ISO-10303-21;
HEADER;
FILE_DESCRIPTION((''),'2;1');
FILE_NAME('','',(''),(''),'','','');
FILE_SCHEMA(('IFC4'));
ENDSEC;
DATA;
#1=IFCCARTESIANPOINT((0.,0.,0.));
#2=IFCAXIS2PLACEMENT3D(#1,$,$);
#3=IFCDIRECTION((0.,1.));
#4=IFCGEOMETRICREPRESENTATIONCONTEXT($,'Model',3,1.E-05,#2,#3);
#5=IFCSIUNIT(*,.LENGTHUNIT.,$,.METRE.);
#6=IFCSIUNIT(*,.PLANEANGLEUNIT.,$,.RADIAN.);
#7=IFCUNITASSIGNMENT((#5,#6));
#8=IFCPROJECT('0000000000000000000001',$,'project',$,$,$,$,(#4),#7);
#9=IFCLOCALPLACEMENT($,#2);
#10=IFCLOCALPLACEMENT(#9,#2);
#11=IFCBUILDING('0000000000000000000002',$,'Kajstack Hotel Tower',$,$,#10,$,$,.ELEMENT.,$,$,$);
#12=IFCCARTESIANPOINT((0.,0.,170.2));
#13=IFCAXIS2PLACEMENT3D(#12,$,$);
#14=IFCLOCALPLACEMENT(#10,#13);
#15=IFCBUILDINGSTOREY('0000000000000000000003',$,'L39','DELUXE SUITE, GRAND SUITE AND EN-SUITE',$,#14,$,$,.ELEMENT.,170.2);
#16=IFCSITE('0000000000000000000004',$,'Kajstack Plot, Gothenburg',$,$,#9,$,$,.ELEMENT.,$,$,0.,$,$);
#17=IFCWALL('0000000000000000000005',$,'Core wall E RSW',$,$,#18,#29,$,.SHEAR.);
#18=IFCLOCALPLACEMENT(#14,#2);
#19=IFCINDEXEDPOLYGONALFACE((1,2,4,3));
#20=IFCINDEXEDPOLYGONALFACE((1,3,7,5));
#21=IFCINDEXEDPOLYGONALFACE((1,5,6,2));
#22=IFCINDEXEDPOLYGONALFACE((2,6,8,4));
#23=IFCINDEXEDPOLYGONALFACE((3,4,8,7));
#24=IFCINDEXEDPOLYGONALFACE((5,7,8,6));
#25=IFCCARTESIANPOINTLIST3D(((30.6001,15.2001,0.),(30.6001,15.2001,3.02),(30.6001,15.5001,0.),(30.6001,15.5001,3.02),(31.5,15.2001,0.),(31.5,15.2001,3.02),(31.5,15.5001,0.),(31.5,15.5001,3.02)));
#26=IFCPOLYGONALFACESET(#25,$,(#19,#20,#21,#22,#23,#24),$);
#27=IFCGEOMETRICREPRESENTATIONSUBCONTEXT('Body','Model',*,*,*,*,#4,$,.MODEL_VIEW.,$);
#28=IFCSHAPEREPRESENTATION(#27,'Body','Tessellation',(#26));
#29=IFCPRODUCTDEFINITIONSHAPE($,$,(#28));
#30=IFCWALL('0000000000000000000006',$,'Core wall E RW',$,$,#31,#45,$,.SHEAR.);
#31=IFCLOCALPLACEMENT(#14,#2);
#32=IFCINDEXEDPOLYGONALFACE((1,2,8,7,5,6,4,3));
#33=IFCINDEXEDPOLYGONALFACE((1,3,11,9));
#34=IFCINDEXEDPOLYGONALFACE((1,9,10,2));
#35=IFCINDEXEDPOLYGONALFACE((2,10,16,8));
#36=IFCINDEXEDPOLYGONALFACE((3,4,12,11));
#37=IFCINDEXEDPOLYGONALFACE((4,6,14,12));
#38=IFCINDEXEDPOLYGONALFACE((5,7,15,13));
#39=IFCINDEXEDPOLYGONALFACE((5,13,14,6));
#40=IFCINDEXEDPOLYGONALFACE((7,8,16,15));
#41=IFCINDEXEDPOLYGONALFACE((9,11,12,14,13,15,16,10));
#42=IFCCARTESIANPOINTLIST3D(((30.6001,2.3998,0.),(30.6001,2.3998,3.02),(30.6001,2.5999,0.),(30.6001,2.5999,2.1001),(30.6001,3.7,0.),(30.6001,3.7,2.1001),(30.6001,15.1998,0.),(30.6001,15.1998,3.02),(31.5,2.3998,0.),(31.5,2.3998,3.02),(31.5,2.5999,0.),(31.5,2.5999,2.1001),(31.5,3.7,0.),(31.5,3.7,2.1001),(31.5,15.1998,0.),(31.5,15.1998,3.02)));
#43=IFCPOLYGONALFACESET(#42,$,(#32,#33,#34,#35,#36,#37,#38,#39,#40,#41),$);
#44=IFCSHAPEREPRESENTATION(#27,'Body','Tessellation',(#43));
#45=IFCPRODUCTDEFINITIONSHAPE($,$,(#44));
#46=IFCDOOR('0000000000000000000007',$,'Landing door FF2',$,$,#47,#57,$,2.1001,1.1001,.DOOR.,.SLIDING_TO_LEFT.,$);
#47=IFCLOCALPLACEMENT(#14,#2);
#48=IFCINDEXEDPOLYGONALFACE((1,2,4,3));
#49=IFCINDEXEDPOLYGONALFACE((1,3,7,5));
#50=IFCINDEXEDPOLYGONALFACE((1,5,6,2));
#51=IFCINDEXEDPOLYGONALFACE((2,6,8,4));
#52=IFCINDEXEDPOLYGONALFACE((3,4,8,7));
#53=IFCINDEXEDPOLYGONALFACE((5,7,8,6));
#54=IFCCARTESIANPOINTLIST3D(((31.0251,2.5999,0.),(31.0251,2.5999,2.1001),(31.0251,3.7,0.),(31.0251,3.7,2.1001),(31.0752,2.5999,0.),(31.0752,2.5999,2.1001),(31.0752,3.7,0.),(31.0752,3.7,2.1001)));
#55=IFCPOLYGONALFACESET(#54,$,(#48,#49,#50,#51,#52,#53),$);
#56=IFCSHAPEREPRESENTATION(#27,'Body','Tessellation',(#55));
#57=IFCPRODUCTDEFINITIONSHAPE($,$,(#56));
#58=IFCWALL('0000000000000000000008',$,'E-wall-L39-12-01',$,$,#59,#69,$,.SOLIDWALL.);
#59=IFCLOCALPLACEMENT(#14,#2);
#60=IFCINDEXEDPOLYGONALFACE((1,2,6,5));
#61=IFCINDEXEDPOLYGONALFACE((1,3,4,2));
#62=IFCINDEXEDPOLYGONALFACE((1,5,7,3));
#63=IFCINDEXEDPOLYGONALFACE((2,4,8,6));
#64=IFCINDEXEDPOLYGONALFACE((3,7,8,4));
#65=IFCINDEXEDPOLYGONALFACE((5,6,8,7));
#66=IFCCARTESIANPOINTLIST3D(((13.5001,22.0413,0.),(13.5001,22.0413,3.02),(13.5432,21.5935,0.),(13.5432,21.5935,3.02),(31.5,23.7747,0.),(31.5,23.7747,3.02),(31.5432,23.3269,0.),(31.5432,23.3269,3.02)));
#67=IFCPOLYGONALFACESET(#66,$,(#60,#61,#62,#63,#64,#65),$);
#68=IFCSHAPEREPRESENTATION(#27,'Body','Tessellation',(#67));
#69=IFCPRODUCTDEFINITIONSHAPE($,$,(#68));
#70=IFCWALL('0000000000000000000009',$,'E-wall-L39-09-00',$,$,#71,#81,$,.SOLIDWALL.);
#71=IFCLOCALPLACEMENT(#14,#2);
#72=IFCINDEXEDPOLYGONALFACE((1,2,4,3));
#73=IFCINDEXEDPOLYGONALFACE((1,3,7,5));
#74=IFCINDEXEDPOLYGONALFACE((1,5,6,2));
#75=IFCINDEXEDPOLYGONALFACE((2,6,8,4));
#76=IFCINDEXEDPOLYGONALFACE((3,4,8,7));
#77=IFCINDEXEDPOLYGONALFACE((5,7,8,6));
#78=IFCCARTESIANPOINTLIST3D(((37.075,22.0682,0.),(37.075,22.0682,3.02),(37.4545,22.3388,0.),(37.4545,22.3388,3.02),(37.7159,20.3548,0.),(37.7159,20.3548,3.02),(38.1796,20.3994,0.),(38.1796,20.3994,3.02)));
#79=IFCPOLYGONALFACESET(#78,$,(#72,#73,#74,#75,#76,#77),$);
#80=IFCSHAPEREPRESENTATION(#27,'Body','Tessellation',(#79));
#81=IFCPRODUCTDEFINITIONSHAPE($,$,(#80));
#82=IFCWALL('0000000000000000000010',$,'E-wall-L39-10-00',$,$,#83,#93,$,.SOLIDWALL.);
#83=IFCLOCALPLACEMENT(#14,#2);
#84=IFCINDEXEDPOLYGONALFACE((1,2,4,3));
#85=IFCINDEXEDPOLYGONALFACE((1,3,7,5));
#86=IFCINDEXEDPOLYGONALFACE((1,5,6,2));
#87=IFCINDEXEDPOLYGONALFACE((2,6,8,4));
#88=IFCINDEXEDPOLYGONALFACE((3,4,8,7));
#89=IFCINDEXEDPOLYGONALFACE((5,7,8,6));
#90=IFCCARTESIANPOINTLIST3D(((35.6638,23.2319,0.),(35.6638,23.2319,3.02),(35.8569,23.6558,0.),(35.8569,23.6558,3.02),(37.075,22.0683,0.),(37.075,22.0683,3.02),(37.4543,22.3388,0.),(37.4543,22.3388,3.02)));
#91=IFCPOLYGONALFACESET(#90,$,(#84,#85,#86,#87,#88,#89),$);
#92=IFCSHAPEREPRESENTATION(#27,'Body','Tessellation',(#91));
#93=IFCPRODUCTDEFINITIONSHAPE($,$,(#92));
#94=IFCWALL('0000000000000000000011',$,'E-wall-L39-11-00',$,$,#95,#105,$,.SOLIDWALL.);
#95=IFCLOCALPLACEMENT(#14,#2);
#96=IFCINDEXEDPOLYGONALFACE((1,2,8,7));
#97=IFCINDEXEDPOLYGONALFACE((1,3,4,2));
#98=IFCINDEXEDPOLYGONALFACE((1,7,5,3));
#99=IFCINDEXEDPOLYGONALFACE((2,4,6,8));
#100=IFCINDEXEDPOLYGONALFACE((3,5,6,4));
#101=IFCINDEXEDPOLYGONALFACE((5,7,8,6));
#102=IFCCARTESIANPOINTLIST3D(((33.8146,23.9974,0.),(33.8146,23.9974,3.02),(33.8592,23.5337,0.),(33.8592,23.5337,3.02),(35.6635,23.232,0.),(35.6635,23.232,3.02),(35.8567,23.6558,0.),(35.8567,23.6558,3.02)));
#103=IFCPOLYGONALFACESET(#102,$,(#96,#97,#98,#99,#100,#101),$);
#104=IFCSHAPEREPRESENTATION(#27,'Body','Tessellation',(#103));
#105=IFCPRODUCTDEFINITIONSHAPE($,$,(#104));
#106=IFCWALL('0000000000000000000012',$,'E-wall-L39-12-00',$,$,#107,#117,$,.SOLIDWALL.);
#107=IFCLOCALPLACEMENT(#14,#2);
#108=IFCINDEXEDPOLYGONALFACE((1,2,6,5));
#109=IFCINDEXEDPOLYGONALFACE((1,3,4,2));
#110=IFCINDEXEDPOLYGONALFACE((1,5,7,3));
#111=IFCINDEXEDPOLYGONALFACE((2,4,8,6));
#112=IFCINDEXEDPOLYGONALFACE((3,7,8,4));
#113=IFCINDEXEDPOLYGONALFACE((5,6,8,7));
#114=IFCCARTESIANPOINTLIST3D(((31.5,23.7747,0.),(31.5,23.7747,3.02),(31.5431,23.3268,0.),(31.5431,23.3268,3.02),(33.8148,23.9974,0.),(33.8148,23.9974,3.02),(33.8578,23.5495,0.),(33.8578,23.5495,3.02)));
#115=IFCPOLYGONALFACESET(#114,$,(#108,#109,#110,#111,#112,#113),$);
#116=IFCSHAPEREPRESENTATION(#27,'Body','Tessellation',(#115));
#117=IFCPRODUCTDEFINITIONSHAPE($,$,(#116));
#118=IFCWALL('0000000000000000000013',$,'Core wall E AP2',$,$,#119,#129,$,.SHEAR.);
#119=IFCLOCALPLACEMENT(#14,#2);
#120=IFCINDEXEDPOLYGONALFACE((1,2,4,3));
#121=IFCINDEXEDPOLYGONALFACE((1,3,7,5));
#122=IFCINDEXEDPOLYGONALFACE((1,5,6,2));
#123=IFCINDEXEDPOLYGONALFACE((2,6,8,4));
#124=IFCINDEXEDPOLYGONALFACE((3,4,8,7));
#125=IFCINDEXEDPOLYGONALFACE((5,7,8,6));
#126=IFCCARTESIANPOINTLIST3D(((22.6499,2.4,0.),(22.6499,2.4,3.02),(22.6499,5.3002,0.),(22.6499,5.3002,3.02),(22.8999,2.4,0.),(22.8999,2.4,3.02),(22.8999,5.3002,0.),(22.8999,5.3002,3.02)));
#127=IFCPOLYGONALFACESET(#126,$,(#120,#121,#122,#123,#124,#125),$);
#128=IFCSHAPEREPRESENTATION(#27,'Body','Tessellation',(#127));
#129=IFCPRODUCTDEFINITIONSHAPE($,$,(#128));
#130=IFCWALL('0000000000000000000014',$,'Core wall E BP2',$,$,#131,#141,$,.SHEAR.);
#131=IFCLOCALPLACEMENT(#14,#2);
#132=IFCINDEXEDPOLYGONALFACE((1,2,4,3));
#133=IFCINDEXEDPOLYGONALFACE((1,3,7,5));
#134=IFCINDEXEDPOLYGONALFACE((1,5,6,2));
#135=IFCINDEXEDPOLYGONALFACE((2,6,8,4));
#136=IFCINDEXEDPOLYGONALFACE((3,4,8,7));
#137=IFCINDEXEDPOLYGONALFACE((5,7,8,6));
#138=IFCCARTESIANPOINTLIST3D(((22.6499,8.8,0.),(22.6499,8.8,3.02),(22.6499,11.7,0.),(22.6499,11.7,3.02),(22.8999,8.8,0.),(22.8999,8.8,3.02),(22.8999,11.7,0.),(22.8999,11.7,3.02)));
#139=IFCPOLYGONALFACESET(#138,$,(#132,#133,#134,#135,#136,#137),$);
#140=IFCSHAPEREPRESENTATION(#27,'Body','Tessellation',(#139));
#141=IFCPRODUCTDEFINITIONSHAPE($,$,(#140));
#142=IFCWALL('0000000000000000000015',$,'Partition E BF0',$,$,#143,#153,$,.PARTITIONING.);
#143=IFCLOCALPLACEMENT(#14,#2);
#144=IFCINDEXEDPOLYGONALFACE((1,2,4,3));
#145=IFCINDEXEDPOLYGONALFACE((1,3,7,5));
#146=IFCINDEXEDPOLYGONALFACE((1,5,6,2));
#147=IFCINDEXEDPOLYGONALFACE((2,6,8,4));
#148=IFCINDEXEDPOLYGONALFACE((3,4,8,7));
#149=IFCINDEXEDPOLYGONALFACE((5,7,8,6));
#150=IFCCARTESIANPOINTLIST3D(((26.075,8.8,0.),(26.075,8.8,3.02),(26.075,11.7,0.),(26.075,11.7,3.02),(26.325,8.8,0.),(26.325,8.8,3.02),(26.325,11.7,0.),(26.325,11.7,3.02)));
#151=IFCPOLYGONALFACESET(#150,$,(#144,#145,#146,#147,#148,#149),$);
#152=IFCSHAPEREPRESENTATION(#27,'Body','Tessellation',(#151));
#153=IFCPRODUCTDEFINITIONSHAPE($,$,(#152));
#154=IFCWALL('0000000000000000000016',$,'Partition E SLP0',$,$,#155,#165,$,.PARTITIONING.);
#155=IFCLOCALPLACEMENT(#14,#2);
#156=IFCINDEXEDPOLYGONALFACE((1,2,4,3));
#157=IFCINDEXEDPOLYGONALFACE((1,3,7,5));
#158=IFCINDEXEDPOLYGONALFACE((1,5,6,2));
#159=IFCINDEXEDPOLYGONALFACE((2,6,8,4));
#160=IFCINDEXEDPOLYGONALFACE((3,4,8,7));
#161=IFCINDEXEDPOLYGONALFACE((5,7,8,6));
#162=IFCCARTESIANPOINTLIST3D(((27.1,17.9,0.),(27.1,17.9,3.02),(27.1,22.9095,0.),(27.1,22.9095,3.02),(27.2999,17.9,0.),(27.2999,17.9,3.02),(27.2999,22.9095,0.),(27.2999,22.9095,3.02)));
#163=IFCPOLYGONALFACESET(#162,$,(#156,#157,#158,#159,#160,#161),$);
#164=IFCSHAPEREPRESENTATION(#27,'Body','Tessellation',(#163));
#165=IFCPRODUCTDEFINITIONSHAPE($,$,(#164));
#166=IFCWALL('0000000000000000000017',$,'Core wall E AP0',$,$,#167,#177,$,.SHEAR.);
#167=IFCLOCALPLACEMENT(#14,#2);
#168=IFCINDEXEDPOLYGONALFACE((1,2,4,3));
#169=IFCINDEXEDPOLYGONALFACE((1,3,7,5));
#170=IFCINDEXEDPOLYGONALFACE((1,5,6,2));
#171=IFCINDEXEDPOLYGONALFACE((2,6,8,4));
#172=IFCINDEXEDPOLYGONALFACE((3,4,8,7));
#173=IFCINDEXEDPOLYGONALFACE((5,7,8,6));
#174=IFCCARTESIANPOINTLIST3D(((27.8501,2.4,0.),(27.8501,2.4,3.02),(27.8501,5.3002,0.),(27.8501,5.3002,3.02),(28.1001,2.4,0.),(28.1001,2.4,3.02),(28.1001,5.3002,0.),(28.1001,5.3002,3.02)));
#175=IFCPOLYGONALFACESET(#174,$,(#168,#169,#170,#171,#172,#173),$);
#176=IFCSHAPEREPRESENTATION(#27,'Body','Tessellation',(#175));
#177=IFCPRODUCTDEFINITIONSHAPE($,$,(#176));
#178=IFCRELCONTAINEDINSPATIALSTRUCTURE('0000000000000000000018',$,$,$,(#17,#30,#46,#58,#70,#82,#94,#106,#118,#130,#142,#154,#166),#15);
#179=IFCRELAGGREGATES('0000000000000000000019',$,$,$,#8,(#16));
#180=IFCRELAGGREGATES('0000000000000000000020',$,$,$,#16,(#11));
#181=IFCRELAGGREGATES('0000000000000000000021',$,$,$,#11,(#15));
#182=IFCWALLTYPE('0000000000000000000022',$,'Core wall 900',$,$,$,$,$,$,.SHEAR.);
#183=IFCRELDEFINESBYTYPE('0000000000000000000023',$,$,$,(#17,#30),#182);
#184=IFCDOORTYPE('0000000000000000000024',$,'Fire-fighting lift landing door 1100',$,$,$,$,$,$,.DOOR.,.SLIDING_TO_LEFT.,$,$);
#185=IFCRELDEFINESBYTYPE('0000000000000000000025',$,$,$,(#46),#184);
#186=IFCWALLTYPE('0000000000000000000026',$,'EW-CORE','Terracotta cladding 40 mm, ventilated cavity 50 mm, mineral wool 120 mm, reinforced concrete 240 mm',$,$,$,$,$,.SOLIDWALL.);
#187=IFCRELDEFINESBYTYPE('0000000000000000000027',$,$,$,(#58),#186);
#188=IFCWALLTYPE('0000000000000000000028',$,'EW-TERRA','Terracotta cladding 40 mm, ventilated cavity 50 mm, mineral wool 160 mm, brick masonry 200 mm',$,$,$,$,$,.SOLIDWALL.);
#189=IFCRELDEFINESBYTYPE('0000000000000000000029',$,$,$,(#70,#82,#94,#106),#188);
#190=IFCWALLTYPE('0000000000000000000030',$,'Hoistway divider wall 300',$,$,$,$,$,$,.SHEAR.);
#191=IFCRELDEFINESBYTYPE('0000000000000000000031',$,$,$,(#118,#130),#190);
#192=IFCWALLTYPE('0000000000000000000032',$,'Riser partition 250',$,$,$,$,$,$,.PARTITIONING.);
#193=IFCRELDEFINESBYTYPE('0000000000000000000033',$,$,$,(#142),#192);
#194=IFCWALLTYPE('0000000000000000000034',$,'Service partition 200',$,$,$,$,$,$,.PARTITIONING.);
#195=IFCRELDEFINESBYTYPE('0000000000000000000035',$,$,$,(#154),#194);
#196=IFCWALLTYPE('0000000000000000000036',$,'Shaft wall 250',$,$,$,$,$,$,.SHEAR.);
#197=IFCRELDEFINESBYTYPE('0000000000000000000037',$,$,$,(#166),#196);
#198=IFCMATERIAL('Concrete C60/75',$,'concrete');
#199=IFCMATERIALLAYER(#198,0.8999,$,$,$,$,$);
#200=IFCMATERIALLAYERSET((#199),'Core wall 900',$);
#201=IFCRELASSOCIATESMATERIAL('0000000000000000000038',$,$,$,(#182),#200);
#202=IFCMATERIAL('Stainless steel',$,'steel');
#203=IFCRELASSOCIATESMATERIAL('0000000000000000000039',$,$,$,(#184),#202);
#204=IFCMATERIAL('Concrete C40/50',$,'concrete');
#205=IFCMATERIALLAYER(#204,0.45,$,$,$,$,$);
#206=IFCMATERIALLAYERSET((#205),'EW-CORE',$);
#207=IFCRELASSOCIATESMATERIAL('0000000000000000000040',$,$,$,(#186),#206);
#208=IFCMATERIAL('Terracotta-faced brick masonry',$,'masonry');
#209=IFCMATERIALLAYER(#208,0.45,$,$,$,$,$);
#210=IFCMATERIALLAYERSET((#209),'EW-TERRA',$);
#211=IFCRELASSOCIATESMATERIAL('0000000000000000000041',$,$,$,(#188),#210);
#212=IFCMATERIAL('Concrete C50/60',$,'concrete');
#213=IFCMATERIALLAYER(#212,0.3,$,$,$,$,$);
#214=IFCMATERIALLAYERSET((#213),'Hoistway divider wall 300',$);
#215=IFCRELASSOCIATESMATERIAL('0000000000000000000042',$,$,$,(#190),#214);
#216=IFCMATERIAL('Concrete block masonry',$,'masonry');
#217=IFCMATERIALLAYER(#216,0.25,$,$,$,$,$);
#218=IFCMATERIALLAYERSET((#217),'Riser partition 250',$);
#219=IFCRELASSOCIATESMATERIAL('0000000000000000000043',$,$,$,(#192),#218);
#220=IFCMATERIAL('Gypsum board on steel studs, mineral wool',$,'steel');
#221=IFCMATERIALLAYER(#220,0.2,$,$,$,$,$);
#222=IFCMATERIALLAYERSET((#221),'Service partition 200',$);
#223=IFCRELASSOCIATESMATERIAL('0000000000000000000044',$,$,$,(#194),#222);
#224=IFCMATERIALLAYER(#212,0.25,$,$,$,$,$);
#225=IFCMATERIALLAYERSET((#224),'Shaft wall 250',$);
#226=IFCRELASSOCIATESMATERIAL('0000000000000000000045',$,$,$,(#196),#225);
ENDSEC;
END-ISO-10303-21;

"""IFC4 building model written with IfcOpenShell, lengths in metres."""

from ifc_helpers import new_model, si_unit, direction, frame, frame_2d, origin, place, context, subcontext, project, spatial, polyline, rectangle, outline, extrude, material, layer, layer_set, type_object, element, fill, save


model = new_model("IFC4")

# Units and contexts
model_context = context("Model", 3, precision=1e-05, world=origin(), true_north=direction((0.0, 1.0)))
body_context = subcontext(model_context, "Body", "Model", "MODEL_VIEW")
ifc_project = project(units=[si_unit("LENGTHUNIT", "METRE"), si_unit("PLANEANGLEUNIT", "RADIAN")], contexts=[model_context])

# Site, building, storey
site_placement = place(None, origin())
site = spatial("IfcSite", under=ifc_project, at=site_placement, Name="Kajstack Plot, Gothenburg", CompositionType="ELEMENT", RefElevation=0.0)
building_placement = place(site_placement, origin())
building = spatial("IfcBuilding", under=site, at=building_placement, Name="Kajstack Hotel Tower", CompositionType="ELEMENT")
storey_placement = place(building_placement, frame((0.0, 0.0, 170.2)))
storey = spatial("IfcBuildingStorey", under=building, at=storey_placement, Name="L39", Description="DELUXE SUITE, GRAND SUITE AND EN-SUITE", CompositionType="ELEMENT", Elevation=170.2)

# Wall
ifc_material_1 = material(Name="Concrete C60/75", Category="concrete")
ifc_layer_1 = layer(ifc_material_1, 0.8999)
ifc_layer_set_1 = layer_set([ifc_layer_1], Name="Core wall 900")
wall_type_1 = type_object("IfcWallType", Name="Core wall 900", PredefinedType="SHEAR", material=ifc_layer_set_1)
wall_1_placement = place(storey_placement, frame((30.6001, 15.3501, 0.0), z_axis=(0.0, 0.0, 1.0), x_axis=(1.0, 0.0, 0.0)))
element("IfcWall", 1, at=wall_1_placement, inside=storey, type_object=wall_type_1, Name="Core wall E RSW", PredefinedType="SHEAR", context=body_context, shape_type="SweptSolid", body=[
    extrude(rectangle(XDim=0.8999, YDim=0.3, at=frame_2d((0.45, 0.0))), origin(), (0.0, 0.0, 1.0), 3.02),
])

# Wall, opening, door
wall_2_placement = place(storey_placement, frame((31.05, 2.3999, 0.0), z_axis=(0.0, 0.0, 1.0), x_axis=(0.0, 1.0, 0.0)))
wall_2 = element("IfcWall", 2, at=wall_2_placement, inside=storey, type_object=wall_type_1, Name="Core wall E RW", PredefinedType="SHEAR", context=body_context, shape_type="SweptSolid", body=[
    extrude(rectangle(XDim=12.8, YDim=0.8999, at=frame_2d((6.3999, 0.0))), origin(), (0.0, 0.0, 1.0), 3.02),
])
opening_1_placement = place(wall_2_placement, frame((0.2, 0.0, 0.0)))
opening_1 = element("IfcOpeningElement", 3, at=opening_1_placement, cuts=wall_2, PredefinedType="OPENING", context=body_context, shape_type="SweptSolid", body=[
    extrude(rectangle(XDim=1.1001, YDim=2.1001, at=frame_2d((0.55, 1.05))), frame((0.0, 0.46, 0.0), z_axis=(0.0, -1.0, 0.0), x_axis=(1.0, 0.0, 0.0)), (0.0, 0.0, 1.0), 0.9199),
])
ifc_material_2 = material(Name="Stainless steel", Category="steel")
door_type_1 = type_object("IfcDoorType", Name="Fire-fighting lift landing door 1100", OperationType="SLIDING_TO_LEFT", PredefinedType="DOOR", material=ifc_material_2)
door_1_placement = place(opening_1_placement, origin())
door_1 = element("IfcDoor", 4, at=door_1_placement, inside=storey, type_object=door_type_1, Name="Landing door FF2", OperationType="SLIDING_TO_LEFT", OverallHeight=2.1001, OverallWidth=1.1001, PredefinedType="DOOR", context=body_context, shape_type="SweptSolid", body=[
    extrude(rectangle(XDim=1.1001, YDim=2.1001, at=frame_2d((0.55, 1.05))), frame((0.0, 0.0249, 0.0), z_axis=(0.0, -1.0, 0.0), x_axis=(1.0, 0.0, 0.0)), (0.0, 0.0, 1.0), 0.05),
])
fill(opening_1, door_1)

# Walls
ifc_material_3 = material(Name="Concrete C40/50", Category="concrete")
ifc_layer_2 = layer(ifc_material_3, 0.45)
ifc_layer_set_2 = layer_set([ifc_layer_2], Name="EW-CORE")
wall_type_2 = type_object("IfcWallType", Name="EW-CORE", Description="Terracotta cladding 40 mm, ventilated cavity 50 mm, mineral wool 120 mm, reinforced concrete 240 mm", PredefinedType="SOLIDWALL", material=ifc_layer_set_2)
wall_3_placement = place(storey_placement, frame((31.5215, 23.5508, 0.0), z_axis=(0.0, 0.0, 1.0), x_axis=(-0.995395, -0.095856, 0.0)))
element("IfcWall", 5, at=wall_3_placement, inside=storey, type_object=wall_type_2, Name="E-wall-L39-12-01", PredefinedType="SOLIDWALL", context=body_context, shape_type="SweptSolid", body=[
    extrude(rectangle(XDim=18.0833, YDim=0.45, at=frame_2d((9.0415, 0.0))), origin(), (0.0, 0.0, 1.0), 3.02),
])
ifc_material_4 = material(Name="Terracotta-faced brick masonry", Category="masonry")
ifc_layer_3 = layer(ifc_material_4, 0.45)
ifc_layer_set_3 = layer_set([ifc_layer_3], Name="EW-TERRA")
wall_type_3 = type_object("IfcWallType", Name="EW-TERRA", Description="Terracotta cladding 40 mm, ventilated cavity 50 mm, mineral wool 160 mm, brick masonry 200 mm", PredefinedType="SOLIDWALL", material=ifc_layer_set_3)
wall_4_placement = place(storey_placement, frame((37.9688, 20.3206, 0.0), z_axis=(0.0, 0.0, 1.0), x_axis=(-0.350193, 0.936678, 0.0)))
element("IfcWall", 6, at=wall_4_placement, inside=storey, type_object=wall_type_3, Name="E-wall-L39-09-00", PredefinedType="SOLIDWALL", context=body_context, shape_type="SweptSolid", body=[
    extrude(outline(polyline([(0.0, -0.2251), (2.0706, -0.2251), (1.95, 0.2251), (0.1206, 0.2249), (0.0, -0.2251)])), origin(), (0.0, 0.0, 1.0), 3.02),
])
wall_5_placement = place(storey_placement, frame((37.3113, 22.1653, 0.0), z_axis=(0.0, 0.0, 1.0), x_axis=(-0.771651, 0.636046, 0.0)))
element("IfcWall", 7, at=wall_5_placement, inside=storey, type_object=wall_type_3, Name="E-wall-L39-10-00", PredefinedType="SOLIDWALL", context=body_context, shape_type="SweptSolid", body=[
    extrude(outline(polyline([(0.0, -0.2249), (2.0703, -0.2251), (1.9497, 0.2249), (0.1206, 0.2251), (0.0, -0.2249)])), origin(), (0.0, 0.0, 1.0), 3.02),
])
wall_6_placement = place(storey_placement, frame((35.8196, 23.4338, 0.0), z_axis=(0.0, 0.0, 1.0), x_axis=(-0.986279, 0.165087, 0.0)))
element("IfcWall", 8, at=wall_6_placement, inside=storey, type_object=wall_type_3, Name="E-wall-L39-11-00", PredefinedType="SOLIDWALL", context=body_context, shape_type="SweptSolid", body=[
    extrude(outline(polyline([(0.0, -0.2251), (2.0706, -0.2249), (1.95, 0.2251), (0.1206, 0.2249), (0.0, -0.2251)])), origin(), (0.0, 0.0, 1.0), 3.02),
])
wall_7_placement = place(storey_placement, frame((33.8362, 23.7734, 0.0), z_axis=(0.0, 0.0, 1.0), x_axis=(-0.995405, -0.09575, 0.0)))
element("IfcWall", 9, at=wall_7_placement, inside=storey, type_object=wall_type_3, Name="E-wall-L39-12-00", PredefinedType="SOLIDWALL", context=body_context, shape_type="SweptSolid", body=[
    extrude(rectangle(XDim=2.3254, YDim=0.45, at=frame_2d((1.1626, 0.0))), origin(), (0.0, 0.0, 1.0), 3.02),
])
ifc_material_5 = material(Name="Concrete C50/60", Category="concrete")
ifc_layer_4 = layer(ifc_material_5, 0.3)
ifc_layer_set_4 = layer_set([ifc_layer_4], Name="Hoistway divider wall 300")
wall_type_4 = type_object("IfcWallType", Name="Hoistway divider wall 300", PredefinedType="SHEAR", material=ifc_layer_set_4)
wall_8_placement = place(storey_placement, frame((22.7749, 2.3999, 0.0), z_axis=(0.0, 0.0, 1.0), x_axis=(0.0, 1.0, 0.0)))
element("IfcWall", 10, at=wall_8_placement, inside=storey, type_object=wall_type_4, Name="Core wall E AP2", PredefinedType="SHEAR", context=body_context, shape_type="SweptSolid", body=[
    extrude(rectangle(XDim=2.9001, YDim=0.25, at=frame_2d((1.4502, 0.0))), origin(), (0.0, 0.0, 1.0), 3.02),
])
wall_9_placement = place(storey_placement, frame((22.7749, 8.8, 0.0), z_axis=(0.0, 0.0, 1.0), x_axis=(0.0, 1.0, 0.0)))
element("IfcWall", 11, at=wall_9_placement, inside=storey, type_object=wall_type_4, Name="Core wall E BP2", PredefinedType="SHEAR", context=body_context, shape_type="SweptSolid", body=[
    extrude(rectangle(XDim=2.8999, YDim=0.25, at=frame_2d((1.45, 0.0))), origin(), (0.0, 0.0, 1.0), 3.02),
])
ifc_material_6 = material(Name="Concrete block masonry", Category="masonry")
ifc_layer_5 = layer(ifc_material_6, 0.25)
ifc_layer_set_5 = layer_set([ifc_layer_5], Name="Riser partition 250")
wall_type_5 = type_object("IfcWallType", Name="Riser partition 250", PredefinedType="PARTITIONING", material=ifc_layer_set_5)
wall_10_placement = place(storey_placement, frame((26.2, 8.8, 0.0), z_axis=(0.0, 0.0, 1.0), x_axis=(0.0, 1.0, 0.0)))
element("IfcWall", 12, at=wall_10_placement, inside=storey, type_object=wall_type_5, Name="Partition E BF0", PredefinedType="PARTITIONING", context=body_context, shape_type="SweptSolid", body=[
    extrude(rectangle(XDim=2.8999, YDim=0.25, at=frame_2d((1.45, 0.0))), origin(), (0.0, 0.0, 1.0), 3.02),
])
ifc_material_7 = material(Name="Gypsum board on steel studs, mineral wool", Category="steel")
ifc_layer_6 = layer(ifc_material_7, 0.2)
ifc_layer_set_6 = layer_set([ifc_layer_6], Name="Service partition 200")
wall_type_6 = type_object("IfcWallType", Name="Service partition 200", PredefinedType="PARTITIONING", material=ifc_layer_set_6)
wall_11_placement = place(storey_placement, frame((27.2, 17.8999, 0.0), z_axis=(0.0, 0.0, 1.0), x_axis=(0.0, 1.0, 0.0)))
element("IfcWall", 13, at=wall_11_placement, inside=storey, type_object=wall_type_6, Name="Partition E SLP0", PredefinedType="PARTITIONING", context=body_context, shape_type="SweptSolid", body=[
    extrude(rectangle(XDim=5.0095, YDim=0.2, at=frame_2d((2.5049, 0.0))), origin(), (0.0, 0.0, 1.0), 3.02),
])
ifc_layer_7 = layer(ifc_material_5, 0.25)
ifc_layer_set_7 = layer_set([ifc_layer_7], Name="Shaft wall 250")
wall_type_7 = type_object("IfcWallType", Name="Shaft wall 250", PredefinedType="SHEAR", material=ifc_layer_set_7)
wall_12_placement = place(storey_placement, frame((27.9751, 2.3999, 0.0), z_axis=(0.0, 0.0, 1.0), x_axis=(0.0, 1.0, 0.0)))
element("IfcWall", 14, at=wall_12_placement, inside=storey, type_object=wall_type_7, Name="Core wall E AP0", PredefinedType="SHEAR", context=body_context, shape_type="SweptSolid", body=[
    extrude(rectangle(XDim=2.9001, YDim=0.25, at=frame_2d((1.4502, 0.0))), origin(), (0.0, 0.0, 1.0), 3.02),
])

save(model, "model.ifc")
